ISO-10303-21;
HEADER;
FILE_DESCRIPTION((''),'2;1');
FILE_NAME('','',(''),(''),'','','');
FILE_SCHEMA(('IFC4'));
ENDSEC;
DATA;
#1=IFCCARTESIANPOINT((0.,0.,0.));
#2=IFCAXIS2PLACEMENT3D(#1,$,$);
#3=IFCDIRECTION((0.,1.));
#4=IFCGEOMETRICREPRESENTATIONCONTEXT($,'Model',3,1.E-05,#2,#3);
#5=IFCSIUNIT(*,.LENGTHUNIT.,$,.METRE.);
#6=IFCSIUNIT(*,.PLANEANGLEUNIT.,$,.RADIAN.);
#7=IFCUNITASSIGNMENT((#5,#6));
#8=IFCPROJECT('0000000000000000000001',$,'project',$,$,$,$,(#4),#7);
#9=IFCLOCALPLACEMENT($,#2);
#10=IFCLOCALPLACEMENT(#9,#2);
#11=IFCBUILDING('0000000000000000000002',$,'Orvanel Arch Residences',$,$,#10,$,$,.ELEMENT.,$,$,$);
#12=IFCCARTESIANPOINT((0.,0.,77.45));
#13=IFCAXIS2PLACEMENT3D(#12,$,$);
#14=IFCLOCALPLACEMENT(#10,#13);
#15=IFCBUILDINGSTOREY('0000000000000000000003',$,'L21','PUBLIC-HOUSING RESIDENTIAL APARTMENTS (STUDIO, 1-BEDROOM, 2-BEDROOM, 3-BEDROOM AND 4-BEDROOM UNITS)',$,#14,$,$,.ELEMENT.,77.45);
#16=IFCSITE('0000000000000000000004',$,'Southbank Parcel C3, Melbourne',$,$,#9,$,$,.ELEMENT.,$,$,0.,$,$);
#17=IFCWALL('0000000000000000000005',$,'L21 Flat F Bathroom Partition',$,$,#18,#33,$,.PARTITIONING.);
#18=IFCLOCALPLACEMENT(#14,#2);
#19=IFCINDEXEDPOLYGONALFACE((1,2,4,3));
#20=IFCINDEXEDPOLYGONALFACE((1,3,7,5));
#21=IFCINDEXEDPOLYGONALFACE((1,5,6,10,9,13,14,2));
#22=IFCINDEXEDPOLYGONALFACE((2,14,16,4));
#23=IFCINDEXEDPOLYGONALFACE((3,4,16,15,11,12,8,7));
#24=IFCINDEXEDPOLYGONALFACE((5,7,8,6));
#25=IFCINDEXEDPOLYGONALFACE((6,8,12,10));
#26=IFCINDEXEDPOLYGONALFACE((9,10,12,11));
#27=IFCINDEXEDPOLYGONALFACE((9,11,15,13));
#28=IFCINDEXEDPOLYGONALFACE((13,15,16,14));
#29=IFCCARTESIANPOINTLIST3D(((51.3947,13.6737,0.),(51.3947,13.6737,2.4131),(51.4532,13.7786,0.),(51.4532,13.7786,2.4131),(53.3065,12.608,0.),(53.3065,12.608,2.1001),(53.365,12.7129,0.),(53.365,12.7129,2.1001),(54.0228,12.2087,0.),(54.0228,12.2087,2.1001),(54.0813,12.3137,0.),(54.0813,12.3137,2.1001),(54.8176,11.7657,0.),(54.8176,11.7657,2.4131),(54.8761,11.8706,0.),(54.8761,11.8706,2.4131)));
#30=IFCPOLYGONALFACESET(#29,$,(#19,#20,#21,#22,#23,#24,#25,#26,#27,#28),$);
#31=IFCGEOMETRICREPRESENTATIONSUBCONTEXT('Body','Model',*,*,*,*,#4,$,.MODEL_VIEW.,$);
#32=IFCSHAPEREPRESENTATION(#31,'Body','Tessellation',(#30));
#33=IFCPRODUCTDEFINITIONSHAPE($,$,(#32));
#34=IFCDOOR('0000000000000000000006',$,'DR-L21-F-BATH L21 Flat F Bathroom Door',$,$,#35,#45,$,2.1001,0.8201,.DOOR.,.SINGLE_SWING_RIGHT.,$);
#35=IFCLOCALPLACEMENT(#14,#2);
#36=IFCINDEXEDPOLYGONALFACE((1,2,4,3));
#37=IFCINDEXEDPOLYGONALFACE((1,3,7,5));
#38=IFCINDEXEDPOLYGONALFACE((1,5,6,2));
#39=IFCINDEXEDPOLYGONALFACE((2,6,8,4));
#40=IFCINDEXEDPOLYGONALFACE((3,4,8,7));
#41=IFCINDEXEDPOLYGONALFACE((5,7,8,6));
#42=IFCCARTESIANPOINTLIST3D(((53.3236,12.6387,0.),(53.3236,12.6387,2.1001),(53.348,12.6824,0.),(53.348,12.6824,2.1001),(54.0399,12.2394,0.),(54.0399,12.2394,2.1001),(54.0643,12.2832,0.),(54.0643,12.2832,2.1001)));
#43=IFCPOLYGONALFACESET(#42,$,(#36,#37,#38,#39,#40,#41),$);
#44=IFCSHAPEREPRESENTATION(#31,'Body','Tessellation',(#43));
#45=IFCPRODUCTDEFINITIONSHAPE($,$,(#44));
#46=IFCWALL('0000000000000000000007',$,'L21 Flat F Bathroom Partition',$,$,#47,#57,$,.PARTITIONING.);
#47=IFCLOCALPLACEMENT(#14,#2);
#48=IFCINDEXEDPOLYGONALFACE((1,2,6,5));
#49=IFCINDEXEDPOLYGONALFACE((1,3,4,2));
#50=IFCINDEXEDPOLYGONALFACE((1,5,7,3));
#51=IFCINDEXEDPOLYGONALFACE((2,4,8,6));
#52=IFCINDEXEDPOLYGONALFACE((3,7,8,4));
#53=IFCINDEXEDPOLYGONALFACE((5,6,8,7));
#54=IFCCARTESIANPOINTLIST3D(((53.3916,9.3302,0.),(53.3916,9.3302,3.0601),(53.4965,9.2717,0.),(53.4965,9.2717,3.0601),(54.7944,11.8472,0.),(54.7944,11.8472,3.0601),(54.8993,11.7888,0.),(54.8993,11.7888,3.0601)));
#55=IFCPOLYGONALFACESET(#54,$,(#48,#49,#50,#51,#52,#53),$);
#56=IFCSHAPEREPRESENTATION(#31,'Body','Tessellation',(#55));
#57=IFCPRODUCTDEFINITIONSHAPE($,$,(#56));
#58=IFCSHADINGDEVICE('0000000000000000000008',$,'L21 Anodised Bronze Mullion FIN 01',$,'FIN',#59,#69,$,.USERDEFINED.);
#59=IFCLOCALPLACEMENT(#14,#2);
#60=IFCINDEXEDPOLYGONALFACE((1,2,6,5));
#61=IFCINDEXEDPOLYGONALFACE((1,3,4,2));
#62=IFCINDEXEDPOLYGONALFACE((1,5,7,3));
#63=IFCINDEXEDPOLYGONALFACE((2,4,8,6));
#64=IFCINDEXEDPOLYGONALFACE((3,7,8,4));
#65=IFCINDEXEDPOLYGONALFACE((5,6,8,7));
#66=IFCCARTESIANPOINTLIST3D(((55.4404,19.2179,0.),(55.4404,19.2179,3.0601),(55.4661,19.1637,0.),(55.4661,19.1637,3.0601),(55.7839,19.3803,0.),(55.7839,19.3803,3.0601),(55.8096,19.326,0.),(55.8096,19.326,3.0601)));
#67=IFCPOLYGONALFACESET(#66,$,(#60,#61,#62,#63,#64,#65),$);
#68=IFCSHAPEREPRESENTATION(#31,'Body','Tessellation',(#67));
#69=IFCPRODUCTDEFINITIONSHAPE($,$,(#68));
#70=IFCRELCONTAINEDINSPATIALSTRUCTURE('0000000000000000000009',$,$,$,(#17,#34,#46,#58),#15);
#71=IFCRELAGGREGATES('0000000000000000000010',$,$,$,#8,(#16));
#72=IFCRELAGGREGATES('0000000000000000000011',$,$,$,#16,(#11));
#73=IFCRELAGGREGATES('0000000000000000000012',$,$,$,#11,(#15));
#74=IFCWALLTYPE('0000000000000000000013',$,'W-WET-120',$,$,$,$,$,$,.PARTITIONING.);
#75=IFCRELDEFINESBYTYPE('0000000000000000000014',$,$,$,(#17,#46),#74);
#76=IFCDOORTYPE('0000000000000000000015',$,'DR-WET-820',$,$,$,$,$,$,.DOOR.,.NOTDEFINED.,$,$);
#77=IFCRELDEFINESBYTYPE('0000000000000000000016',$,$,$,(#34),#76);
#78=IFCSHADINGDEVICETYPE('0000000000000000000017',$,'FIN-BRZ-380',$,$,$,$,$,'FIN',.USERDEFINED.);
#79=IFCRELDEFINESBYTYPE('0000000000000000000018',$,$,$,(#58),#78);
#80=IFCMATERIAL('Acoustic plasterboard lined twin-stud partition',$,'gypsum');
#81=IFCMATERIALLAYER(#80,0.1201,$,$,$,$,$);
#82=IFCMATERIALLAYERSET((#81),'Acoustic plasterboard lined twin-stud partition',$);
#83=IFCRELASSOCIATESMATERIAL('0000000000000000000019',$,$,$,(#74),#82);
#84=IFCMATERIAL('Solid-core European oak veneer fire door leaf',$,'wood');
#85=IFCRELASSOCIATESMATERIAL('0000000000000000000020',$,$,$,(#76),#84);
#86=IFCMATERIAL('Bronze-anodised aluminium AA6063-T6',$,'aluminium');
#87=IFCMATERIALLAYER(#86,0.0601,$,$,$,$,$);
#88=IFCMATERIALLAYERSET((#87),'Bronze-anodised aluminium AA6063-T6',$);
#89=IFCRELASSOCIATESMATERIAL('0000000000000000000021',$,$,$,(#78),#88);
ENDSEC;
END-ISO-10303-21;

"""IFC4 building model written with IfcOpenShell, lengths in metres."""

from ifc_helpers import new_model, si_unit, direction, frame, frame_2d, origin, origin_2d, place, context, subcontext, project, spatial, rectangle, extrude, material, layer, layer_set, type_object, element, fill, save


model = new_model("IFC4")

# Units and contexts
model_context = context("Model", 3, precision=1e-05, world=origin(), true_north=direction((0.0, 1.0)))
body_context = subcontext(model_context, "Body", "Model", "MODEL_VIEW")
ifc_project = project(units=[si_unit("LENGTHUNIT", "METRE"), si_unit("PLANEANGLEUNIT", "RADIAN")], contexts=[model_context])

# Site, building, storey
site_placement = place(None, origin())
site = spatial("IfcSite", under=ifc_project, at=site_placement, Name="Southbank Parcel C3, Melbourne", CompositionType="ELEMENT", RefElevation=0.0)
building_placement = place(site_placement, origin())
building = spatial("IfcBuilding", under=site, at=building_placement, Name="Orvanel Arch Residences", CompositionType="ELEMENT")
storey_placement = place(building_placement, frame((0.0, 0.0, 77.45)))
storey = spatial("IfcBuildingStorey", under=building, at=storey_placement, Name="L21", Description="PUBLIC-HOUSING RESIDENTIAL APARTMENTS (STUDIO, 1-BEDROOM, 2-BEDROOM, 3-BEDROOM AND 4-BEDROOM UNITS)", CompositionType="ELEMENT", Elevation=77.45)

# Shared definitions
ifc_material_1 = material(Name="Bronze-anodised aluminium AA6063-T6", Category="aluminium")

# Wall, opening, door
ifc_material_2 = material(Name="Acoustic plasterboard lined twin-stud partition", Category="gypsum")
ifc_layer_1 = layer(ifc_material_2, 0.1201)
ifc_layer_set_1 = layer_set([ifc_layer_1], Name="Acoustic plasterboard lined twin-stud partition")
wall_type_1 = type_object("IfcWallType", Name="W-WET-120", PredefinedType="PARTITIONING", material=ifc_layer_set_1)
wall_1_placement = place(storey_placement, frame((54.8469, 11.8181, 0.0), z_axis=(0.0, 0.0, 1.0), x_axis=(-0.873466, 0.486886, 0.0)))
wall_1 = element("IfcWall", 1, at=wall_1_placement, inside=storey, type_object=wall_type_1, Name="L21 Flat F Bathroom Partition", PredefinedType="PARTITIONING", context=body_context, shape_type="SweptSolid", body=[
    extrude(rectangle(XDim=3.9187, YDim=0.1201, at=frame_2d((1.9595, 0.0))), origin(), (0.0, 0.0, 1.0), 2.4131),
])
opening_placement = place(wall_1_placement, frame((0.9099, 0.0, 0.0)))
opening = element("IfcOpeningElement", 2, at=opening_placement, cuts=wall_1, PredefinedType="OPENING", context=body_context, shape_type="SweptSolid", body=[
    extrude(rectangle(XDim=0.8201, YDim=2.1001, at=frame_2d((0.4102, 1.05))), frame((0.0, 0.0701, 0.0), z_axis=(0.0, -1.0, 0.0), x_axis=(1.0, 0.0, 0.0)), (0.0, 0.0, 1.0), 0.1401),
])
ifc_material_3 = material(Name="Solid-core European oak veneer fire door leaf", Category="wood")
door_type = type_object("IfcDoorType", Name="DR-WET-820", OperationType="NOTDEFINED", PredefinedType="DOOR", material=ifc_material_3)
door_placement = place(opening_placement, origin())
door = element("IfcDoor", 3, at=door_placement, inside=storey, type_object=door_type, Name="DR-L21-F-BATH L21 Flat F Bathroom Door", OperationType="SINGLE_SWING_RIGHT", OverallHeight=2.1001, OverallWidth=0.8201, PredefinedType="DOOR", context=body_context, shape_type="SweptSolid", body=[
    extrude(rectangle(XDim=0.8201, YDim=2.1001, at=frame_2d((0.4102, 1.05))), frame((0.0, 0.0249, 0.0), z_axis=(0.0, -1.0, 0.0), x_axis=(1.0, 0.0, 0.0)), (0.0, 0.0, 1.0), 0.05),
])
fill(opening, door)

# Wall
wall_2_placement = place(storey_placement, frame((54.8469, 11.8181, 0.0), z_axis=(0.0, 0.0, 1.0), x_axis=(-0.486822, -0.873501, 0.0)))
element("IfcWall", 4, at=wall_2_placement, inside=storey, type_object=wall_type_1, Name="L21 Flat F Bathroom Partition", PredefinedType="PARTITIONING", context=body_context, shape_type="SweptSolid", body=[
    extrude(rectangle(XDim=2.8816, YDim=0.1201, at=frame_2d((1.4409, 0.0))), origin(), (0.0, 0.0, 1.0), 3.0601),
])

# Shading device
ifc_layer_2 = layer(ifc_material_1, 0.0601)
ifc_layer_set_2 = layer_set([ifc_layer_2], Name="Bronze-anodised aluminium AA6063-T6")
shading_device_type = type_object("IfcShadingDeviceType", Name="FIN-BRZ-380", ElementType="FIN", PredefinedType="USERDEFINED", material=ifc_layer_set_2)
shading_device_placement = place(storey_placement, frame((55.625, 19.272, 0.0), z_axis=(0.0, 0.0, 1.0), x_axis=(0.904083, 0.427358, 0.0)))
element("IfcShadingDevice", 5, at=shading_device_placement, inside=storey, type_object=shading_device_type, Name="L21 Anodised Bronze Mullion FIN 01", ObjectType="FIN", PredefinedType="USERDEFINED", context=body_context, shape_type="SweptSolid", body=[
    extrude(rectangle(XDim=0.3799, YDim=0.0601, at=origin_2d()), origin(), (0.0, 0.0, 1.0), 3.0601),
])

save(model, "model.ifc")
